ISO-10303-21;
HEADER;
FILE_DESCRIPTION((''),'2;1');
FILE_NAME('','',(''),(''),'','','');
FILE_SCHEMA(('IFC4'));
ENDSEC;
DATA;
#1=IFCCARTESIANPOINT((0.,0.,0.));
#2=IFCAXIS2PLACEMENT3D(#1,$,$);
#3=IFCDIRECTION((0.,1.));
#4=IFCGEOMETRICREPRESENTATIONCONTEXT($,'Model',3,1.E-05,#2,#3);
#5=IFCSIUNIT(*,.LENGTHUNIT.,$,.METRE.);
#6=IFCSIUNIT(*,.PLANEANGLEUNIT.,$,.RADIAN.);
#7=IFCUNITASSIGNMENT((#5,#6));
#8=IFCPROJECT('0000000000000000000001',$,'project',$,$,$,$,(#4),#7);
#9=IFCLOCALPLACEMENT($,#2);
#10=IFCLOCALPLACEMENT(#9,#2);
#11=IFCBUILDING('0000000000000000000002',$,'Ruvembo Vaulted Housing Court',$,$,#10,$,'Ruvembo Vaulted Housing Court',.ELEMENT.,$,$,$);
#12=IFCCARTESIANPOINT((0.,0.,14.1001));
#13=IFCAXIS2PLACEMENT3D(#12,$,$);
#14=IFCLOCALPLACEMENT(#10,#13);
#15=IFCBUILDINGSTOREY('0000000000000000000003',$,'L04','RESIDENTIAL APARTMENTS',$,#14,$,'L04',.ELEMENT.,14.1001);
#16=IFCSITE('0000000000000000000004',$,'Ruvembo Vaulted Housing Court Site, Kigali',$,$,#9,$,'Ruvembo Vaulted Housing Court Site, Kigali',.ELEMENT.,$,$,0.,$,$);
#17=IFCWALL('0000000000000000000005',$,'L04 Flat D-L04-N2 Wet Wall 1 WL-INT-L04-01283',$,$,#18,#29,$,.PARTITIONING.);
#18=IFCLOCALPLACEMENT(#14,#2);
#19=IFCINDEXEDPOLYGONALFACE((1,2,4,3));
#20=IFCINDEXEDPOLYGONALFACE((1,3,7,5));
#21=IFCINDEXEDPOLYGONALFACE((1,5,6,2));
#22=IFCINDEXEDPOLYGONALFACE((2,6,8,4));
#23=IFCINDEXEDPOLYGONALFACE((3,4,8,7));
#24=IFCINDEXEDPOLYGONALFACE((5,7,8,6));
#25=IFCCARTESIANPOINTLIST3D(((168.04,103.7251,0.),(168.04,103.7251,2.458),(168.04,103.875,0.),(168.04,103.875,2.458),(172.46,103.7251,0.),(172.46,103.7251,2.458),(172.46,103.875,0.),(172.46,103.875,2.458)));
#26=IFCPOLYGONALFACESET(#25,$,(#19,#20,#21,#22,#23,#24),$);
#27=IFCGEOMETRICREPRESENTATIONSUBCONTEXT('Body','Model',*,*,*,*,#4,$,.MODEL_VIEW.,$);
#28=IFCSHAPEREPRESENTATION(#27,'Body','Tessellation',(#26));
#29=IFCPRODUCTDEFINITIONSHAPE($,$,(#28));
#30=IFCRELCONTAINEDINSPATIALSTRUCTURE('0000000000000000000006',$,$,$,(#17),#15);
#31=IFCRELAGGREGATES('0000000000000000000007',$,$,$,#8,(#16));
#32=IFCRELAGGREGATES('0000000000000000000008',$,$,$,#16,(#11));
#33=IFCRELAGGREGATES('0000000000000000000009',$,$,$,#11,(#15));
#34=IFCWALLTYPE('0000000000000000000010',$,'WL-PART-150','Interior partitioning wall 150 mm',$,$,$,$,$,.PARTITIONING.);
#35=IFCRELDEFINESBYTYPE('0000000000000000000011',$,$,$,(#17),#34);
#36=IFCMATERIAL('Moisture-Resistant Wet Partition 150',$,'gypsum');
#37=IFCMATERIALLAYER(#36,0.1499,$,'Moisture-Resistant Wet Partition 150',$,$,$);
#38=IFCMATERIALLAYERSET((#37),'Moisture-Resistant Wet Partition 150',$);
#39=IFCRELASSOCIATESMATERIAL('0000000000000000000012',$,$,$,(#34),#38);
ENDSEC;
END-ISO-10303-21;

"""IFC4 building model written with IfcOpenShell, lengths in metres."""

from ifc_helpers import new_model, si_unit, direction, frame, frame_2d, origin, place, context, subcontext, project, spatial, rectangle, extrude, material, layer, layer_set, type_object, element, save


model = new_model("IFC4")

# Units and contexts
model_context = context("Model", 3, precision=1e-05, world=origin(), true_north=direction((0.0, 1.0)))
body_context = subcontext(model_context, "Body", "Model", "MODEL_VIEW")
ifc_project = project(units=[si_unit("LENGTHUNIT", "METRE"), si_unit("PLANEANGLEUNIT", "RADIAN")], contexts=[model_context])

# Site, building, storey
site_placement = place(None, origin())
site = spatial("IfcSite", under=ifc_project, at=site_placement, Name="Ruvembo Vaulted Housing Court Site, Kigali", LongName="Ruvembo Vaulted Housing Court Site, Kigali", CompositionType="ELEMENT", RefElevation=0.0)
building_placement = place(site_placement, origin())
building = spatial("IfcBuilding", under=site, at=building_placement, Name="Ruvembo Vaulted Housing Court", LongName="Ruvembo Vaulted Housing Court", CompositionType="ELEMENT")
storey_placement = place(building_placement, frame((0.0, 0.0, 14.1001)))
storey = spatial("IfcBuildingStorey", under=building, at=storey_placement, Name="L04", Description="RESIDENTIAL APARTMENTS", LongName="L04", CompositionType="ELEMENT", Elevation=14.1001)

# Wall
ifc_material_1 = material(Name="Moisture-Resistant Wet Partition 150", Category="gypsum")
ifc_layer_1 = layer(ifc_material_1, 0.1499, Name="Moisture-Resistant Wet Partition 150")
ifc_layer_set_1 = layer_set([ifc_layer_1], Name="Moisture-Resistant Wet Partition 150")
wall_type_1 = type_object("IfcWallType", Name="WL-PART-150", Description="Interior partitioning wall 150 mm", PredefinedType="PARTITIONING", material=ifc_layer_set_1)
wall_1_placement = place(storey_placement, frame((168.04, 103.8, 0.0), z_axis=(0.0, 0.0, 1.0), x_axis=(1.0, 0.0, 0.0)))
element("IfcWall", 1, at=wall_1_placement, inside=storey, type_object=wall_type_1, Name="L04 Flat D-L04-N2 Wet Wall 1 WL-INT-L04-01283", PredefinedType="PARTITIONING", context=body_context, shape_type="SweptSolid", body=[
    extrude(rectangle(XDim=4.4199, YDim=0.1499, at=frame_2d((2.21, 0.0))), origin(), (0.0, 0.0, 1.0), 2.458),
])

save(model, "model.ifc")
